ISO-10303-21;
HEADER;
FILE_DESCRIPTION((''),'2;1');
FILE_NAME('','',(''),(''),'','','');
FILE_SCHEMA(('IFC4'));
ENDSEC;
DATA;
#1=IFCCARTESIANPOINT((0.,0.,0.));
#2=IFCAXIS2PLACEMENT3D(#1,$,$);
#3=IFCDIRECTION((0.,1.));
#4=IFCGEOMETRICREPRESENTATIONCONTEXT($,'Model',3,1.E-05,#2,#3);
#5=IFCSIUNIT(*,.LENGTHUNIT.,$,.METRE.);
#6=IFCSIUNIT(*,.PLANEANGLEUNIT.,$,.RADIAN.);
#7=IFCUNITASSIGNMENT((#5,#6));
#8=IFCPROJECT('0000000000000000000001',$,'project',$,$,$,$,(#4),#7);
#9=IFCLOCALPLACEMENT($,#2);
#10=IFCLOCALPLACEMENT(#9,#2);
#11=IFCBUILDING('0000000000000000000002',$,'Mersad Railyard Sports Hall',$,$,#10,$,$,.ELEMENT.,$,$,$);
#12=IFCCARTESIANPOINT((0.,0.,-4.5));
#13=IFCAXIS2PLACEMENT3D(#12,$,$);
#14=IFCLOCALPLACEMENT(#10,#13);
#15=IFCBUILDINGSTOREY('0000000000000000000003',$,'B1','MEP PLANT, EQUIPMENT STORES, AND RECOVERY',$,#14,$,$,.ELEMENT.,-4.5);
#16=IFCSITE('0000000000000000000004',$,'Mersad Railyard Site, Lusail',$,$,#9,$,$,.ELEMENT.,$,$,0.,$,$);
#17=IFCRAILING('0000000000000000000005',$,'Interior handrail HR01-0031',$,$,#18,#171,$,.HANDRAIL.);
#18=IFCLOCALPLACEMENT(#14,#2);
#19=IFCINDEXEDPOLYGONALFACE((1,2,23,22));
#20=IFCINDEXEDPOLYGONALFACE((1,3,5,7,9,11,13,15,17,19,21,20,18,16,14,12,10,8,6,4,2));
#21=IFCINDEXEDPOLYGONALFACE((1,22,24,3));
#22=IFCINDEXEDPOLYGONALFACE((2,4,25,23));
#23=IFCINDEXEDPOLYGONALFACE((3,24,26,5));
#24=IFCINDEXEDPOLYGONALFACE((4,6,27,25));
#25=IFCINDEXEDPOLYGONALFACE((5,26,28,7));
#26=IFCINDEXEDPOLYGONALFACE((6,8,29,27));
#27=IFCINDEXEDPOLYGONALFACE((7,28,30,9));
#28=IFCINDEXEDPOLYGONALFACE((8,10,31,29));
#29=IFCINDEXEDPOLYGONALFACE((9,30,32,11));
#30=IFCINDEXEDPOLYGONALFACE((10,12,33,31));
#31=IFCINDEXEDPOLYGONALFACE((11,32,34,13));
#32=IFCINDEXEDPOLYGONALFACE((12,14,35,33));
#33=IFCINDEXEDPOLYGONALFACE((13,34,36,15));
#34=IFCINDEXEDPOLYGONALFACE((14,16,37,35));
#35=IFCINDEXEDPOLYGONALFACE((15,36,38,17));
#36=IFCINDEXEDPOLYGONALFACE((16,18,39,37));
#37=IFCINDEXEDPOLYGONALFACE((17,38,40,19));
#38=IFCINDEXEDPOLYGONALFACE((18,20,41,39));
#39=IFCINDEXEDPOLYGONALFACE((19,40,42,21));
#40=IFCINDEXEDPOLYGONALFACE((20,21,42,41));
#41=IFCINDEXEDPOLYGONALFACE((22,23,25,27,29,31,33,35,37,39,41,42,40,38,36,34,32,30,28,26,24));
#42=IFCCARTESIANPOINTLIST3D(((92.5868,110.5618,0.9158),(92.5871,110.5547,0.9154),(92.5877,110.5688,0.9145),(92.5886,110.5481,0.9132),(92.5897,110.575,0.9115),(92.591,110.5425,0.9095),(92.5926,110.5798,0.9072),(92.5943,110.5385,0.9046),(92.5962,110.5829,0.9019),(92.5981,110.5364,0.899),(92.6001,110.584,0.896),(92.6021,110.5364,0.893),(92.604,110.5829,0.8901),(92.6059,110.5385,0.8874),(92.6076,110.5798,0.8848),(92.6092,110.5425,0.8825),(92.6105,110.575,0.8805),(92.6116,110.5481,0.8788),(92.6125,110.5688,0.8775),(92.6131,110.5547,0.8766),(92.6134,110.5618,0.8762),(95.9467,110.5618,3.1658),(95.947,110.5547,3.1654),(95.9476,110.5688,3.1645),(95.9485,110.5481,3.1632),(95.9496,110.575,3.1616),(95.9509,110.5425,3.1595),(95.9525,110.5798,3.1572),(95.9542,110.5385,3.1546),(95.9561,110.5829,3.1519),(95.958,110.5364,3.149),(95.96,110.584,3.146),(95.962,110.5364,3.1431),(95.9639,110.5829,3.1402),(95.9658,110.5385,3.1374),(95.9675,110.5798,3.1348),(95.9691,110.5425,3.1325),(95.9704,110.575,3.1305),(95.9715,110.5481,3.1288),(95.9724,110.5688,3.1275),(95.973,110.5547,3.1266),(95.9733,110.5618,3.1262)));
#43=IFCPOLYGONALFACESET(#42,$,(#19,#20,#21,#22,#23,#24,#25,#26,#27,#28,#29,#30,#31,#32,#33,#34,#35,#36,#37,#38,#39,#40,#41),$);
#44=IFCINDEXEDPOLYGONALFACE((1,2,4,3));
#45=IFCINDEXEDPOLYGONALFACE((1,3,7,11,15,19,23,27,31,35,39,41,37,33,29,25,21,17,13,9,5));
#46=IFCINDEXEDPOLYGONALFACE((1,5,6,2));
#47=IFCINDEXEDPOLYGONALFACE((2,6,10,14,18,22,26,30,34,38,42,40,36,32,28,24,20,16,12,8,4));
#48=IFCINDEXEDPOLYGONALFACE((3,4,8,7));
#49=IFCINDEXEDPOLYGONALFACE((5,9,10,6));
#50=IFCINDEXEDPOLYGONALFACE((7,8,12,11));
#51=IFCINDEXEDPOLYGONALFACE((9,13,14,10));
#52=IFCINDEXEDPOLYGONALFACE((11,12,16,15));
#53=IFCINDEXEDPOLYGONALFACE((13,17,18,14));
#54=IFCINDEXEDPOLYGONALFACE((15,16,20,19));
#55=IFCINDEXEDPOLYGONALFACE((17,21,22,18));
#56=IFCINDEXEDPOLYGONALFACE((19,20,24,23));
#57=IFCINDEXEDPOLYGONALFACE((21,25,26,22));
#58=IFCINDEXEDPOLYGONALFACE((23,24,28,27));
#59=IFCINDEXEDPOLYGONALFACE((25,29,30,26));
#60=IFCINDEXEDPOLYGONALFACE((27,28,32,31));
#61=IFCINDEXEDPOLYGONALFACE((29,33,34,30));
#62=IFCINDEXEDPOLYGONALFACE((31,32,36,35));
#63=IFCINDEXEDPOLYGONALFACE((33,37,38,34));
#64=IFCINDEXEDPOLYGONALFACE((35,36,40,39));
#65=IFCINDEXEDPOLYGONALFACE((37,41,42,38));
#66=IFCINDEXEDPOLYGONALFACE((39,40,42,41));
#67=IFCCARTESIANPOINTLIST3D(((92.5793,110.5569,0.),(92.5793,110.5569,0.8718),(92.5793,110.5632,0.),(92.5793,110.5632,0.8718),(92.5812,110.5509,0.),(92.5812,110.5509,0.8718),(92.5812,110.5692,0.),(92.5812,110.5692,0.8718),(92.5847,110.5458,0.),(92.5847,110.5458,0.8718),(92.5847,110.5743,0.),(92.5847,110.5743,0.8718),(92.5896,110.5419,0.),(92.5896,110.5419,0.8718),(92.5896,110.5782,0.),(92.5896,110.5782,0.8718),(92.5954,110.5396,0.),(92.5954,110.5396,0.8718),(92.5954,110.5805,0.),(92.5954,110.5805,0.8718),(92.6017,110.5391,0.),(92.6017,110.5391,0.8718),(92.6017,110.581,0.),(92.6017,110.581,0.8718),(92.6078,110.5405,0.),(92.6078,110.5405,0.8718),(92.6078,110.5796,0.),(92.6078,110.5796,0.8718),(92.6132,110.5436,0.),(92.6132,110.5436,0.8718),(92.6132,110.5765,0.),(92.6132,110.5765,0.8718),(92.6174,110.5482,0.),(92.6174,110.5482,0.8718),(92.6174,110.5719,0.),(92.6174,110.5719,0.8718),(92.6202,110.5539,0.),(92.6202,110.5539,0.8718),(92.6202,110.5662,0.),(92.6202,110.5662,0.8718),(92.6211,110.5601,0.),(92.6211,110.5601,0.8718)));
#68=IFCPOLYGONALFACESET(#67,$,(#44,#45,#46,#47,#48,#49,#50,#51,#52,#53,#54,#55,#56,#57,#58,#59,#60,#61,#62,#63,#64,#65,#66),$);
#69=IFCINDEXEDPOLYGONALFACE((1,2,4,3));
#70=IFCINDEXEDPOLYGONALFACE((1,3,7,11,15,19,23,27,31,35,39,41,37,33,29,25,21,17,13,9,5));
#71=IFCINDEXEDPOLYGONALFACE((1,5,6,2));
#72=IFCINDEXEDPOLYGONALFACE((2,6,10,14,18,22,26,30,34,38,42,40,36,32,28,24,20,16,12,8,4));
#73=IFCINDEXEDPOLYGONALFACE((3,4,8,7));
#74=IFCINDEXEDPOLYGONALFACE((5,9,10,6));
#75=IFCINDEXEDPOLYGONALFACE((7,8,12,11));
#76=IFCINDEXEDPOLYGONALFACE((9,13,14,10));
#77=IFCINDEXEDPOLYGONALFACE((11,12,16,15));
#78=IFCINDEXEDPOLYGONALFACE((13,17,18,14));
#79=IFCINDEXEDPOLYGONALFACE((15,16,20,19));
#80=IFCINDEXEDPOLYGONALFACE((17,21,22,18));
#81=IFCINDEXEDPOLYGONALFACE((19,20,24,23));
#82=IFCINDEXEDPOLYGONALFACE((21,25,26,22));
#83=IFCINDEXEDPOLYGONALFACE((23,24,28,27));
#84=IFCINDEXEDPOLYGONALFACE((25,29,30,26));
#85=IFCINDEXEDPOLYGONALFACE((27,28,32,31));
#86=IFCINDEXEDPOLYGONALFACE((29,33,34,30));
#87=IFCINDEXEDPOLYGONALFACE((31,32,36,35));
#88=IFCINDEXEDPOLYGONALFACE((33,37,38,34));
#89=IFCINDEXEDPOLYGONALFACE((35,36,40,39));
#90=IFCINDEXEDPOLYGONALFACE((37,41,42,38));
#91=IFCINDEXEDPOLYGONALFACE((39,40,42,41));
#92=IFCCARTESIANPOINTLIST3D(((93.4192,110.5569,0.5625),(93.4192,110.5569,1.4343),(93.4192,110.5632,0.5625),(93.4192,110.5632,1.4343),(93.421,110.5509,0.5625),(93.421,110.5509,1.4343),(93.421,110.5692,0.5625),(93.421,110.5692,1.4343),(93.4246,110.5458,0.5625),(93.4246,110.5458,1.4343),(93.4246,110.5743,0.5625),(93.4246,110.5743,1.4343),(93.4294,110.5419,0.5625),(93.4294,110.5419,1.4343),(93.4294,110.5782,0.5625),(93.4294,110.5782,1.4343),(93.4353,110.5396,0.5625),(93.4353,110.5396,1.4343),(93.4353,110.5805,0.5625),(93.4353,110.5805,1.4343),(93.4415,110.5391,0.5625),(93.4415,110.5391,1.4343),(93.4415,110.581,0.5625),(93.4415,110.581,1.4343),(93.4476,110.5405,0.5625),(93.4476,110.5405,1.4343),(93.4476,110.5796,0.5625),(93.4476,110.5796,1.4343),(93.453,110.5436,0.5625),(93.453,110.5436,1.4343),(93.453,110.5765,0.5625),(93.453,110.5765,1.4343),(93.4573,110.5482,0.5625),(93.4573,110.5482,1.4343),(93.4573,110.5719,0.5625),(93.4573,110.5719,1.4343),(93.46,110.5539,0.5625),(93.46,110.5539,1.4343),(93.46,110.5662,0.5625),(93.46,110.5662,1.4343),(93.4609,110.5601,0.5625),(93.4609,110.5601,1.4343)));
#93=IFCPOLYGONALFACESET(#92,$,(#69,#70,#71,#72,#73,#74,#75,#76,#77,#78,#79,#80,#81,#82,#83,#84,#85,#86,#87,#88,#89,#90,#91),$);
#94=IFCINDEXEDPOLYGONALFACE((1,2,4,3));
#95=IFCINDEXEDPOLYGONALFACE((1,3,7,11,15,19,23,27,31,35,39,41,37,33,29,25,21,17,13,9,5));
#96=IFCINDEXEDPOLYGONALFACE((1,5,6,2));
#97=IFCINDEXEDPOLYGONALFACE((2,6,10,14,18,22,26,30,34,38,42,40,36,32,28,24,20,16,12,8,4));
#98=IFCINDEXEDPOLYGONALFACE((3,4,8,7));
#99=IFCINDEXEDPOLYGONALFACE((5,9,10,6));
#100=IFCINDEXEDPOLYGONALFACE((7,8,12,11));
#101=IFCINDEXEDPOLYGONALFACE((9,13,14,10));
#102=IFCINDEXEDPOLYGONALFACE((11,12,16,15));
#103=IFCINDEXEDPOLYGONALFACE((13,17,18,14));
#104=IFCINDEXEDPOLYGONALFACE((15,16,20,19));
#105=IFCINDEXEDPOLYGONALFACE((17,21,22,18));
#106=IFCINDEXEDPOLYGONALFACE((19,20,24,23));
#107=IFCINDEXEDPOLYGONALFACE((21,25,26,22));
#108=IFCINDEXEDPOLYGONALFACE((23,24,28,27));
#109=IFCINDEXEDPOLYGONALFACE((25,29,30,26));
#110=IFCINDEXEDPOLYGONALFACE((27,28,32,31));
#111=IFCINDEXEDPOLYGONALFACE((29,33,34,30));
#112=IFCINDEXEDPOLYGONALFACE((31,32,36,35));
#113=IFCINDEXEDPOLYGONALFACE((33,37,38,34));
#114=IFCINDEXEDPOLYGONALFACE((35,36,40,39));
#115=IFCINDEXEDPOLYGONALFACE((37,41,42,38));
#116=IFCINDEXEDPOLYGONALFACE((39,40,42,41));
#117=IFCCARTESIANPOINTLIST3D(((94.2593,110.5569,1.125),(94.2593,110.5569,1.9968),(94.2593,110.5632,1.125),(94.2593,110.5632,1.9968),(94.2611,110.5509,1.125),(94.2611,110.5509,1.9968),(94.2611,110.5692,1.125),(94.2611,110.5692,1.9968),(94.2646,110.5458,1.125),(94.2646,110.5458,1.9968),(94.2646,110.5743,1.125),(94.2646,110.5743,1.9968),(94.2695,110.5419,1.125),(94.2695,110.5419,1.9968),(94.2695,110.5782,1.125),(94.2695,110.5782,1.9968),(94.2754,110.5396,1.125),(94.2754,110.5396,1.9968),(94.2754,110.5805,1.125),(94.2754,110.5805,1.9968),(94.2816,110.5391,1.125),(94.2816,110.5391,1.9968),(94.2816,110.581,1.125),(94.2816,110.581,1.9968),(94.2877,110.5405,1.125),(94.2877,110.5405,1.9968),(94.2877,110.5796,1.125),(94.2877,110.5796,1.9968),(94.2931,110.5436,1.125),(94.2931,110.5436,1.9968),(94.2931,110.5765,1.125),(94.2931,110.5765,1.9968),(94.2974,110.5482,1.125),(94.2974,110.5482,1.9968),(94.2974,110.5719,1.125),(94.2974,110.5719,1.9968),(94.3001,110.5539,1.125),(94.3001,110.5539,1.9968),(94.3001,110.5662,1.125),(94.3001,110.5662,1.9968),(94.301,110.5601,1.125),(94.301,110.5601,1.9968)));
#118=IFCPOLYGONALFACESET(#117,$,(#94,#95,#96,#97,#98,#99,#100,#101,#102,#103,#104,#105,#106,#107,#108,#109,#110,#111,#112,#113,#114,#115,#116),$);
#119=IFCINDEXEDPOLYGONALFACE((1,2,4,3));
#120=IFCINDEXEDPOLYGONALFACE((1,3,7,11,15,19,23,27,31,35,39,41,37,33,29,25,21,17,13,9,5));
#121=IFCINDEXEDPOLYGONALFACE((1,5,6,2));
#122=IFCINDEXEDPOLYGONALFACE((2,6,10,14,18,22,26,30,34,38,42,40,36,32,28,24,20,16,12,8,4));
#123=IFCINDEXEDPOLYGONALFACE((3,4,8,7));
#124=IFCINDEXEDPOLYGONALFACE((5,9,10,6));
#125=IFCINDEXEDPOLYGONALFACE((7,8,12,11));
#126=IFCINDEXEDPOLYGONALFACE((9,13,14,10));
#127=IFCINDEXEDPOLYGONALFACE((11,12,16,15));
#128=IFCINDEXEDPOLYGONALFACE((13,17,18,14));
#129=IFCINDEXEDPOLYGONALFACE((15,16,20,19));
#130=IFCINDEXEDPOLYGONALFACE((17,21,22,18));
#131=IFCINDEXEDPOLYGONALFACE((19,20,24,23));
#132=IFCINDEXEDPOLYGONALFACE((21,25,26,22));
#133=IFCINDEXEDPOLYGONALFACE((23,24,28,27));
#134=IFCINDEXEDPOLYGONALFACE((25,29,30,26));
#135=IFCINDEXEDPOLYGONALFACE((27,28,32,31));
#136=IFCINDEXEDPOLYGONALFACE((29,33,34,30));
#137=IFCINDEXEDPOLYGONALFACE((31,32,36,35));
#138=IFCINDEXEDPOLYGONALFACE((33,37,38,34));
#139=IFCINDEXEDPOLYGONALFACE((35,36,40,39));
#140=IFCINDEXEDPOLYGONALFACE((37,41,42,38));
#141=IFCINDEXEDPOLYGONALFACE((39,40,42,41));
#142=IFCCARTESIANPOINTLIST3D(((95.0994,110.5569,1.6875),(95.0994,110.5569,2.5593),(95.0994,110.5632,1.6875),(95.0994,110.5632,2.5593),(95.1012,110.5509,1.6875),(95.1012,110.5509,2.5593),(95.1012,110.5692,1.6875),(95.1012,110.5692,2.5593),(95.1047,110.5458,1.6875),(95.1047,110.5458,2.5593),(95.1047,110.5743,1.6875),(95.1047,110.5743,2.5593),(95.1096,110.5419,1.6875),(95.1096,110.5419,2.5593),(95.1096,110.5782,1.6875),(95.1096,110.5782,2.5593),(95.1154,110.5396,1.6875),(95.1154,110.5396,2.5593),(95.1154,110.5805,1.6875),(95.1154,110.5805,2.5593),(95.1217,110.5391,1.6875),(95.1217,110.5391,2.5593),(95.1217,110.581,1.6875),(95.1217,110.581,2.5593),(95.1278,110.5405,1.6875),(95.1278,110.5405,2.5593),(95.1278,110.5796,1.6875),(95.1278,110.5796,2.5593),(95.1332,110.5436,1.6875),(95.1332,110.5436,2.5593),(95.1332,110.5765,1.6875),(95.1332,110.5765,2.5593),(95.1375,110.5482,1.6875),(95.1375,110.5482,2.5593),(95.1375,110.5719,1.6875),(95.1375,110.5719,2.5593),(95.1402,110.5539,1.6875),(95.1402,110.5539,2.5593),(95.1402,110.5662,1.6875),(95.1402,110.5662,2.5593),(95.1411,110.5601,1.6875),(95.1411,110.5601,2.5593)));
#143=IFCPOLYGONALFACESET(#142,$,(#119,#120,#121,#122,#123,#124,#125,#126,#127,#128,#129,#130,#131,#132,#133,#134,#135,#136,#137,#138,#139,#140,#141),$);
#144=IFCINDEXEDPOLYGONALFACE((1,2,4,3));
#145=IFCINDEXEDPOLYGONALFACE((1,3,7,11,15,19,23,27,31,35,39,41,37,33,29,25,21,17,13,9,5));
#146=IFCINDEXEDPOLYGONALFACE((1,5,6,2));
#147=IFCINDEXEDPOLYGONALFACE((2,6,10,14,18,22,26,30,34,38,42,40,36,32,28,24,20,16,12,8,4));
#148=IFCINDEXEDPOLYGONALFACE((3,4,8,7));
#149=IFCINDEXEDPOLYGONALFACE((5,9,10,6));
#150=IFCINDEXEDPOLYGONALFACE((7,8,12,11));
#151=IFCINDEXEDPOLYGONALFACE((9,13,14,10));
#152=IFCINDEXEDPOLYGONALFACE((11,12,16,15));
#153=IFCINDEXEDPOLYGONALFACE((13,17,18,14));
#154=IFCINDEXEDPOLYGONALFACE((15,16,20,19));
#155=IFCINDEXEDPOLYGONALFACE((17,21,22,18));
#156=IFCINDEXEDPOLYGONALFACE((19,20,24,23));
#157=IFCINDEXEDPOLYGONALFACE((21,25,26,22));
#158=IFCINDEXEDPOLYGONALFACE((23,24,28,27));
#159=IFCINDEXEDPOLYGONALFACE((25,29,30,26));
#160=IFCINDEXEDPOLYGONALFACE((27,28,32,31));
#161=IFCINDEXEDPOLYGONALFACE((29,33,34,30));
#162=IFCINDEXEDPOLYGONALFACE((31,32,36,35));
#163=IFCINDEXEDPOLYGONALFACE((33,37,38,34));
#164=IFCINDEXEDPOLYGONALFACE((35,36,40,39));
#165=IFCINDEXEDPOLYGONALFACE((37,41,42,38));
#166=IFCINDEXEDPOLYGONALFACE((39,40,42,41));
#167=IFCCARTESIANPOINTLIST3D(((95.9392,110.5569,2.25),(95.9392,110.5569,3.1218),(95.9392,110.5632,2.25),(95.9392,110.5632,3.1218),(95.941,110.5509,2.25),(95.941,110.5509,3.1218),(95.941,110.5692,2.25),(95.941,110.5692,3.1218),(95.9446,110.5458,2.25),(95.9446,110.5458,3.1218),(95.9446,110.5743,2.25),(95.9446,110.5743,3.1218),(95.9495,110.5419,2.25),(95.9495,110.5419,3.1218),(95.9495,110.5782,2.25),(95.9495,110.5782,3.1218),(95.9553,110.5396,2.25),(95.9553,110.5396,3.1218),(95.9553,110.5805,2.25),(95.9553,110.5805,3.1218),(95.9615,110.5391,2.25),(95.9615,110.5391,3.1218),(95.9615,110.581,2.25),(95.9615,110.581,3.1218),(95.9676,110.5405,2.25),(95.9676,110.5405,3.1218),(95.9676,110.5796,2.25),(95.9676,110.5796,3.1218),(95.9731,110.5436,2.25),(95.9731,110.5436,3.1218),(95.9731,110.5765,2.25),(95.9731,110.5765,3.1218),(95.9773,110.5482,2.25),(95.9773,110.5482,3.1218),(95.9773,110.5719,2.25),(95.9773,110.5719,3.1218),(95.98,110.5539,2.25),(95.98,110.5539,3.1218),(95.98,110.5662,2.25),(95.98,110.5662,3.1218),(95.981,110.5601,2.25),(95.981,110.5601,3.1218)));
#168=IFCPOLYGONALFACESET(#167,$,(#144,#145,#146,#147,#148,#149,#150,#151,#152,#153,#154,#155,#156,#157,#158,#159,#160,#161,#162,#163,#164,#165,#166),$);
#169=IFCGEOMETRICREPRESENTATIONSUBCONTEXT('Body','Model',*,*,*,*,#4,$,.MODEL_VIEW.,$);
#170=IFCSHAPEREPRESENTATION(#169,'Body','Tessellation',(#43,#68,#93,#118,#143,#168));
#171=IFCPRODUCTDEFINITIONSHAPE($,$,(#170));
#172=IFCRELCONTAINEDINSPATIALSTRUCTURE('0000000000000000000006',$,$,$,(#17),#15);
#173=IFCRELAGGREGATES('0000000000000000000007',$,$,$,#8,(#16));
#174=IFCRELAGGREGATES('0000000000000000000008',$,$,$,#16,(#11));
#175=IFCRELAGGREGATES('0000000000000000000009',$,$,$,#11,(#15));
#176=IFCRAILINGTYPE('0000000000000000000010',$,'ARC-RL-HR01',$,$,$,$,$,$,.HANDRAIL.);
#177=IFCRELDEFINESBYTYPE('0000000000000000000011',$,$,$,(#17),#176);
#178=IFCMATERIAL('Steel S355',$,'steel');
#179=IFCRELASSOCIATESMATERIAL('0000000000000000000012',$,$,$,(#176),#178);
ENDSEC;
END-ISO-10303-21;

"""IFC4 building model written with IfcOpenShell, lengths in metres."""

from ifc_helpers import new_model, si_unit, direction, frame, origin, origin_2d, place, context, subcontext, project, spatial, circle, extrude, material, type_object, element, save


model = new_model("IFC4")

# Units and contexts
model_context = context("Model", 3, precision=1e-05, world=origin(), true_north=direction((0.0, 1.0)))
body_context = subcontext(model_context, "Body", "Model", "MODEL_VIEW")
ifc_project = project(units=[si_unit("LENGTHUNIT", "METRE"), si_unit("PLANEANGLEUNIT", "RADIAN")], contexts=[model_context])

# Site, building, storey
site_placement = place(None, origin())
site = spatial("IfcSite", under=ifc_project, at=site_placement, Name="Mersad Railyard Site, Lusail", CompositionType="ELEMENT", RefElevation=0.0)
building_placement = place(site_placement, origin())
building = spatial("IfcBuilding", under=site, at=building_placement, Name="Mersad Railyard Sports Hall", CompositionType="ELEMENT")
storey_placement = place(building_placement, frame((0.0, 0.0, -4.5)))
storey = spatial("IfcBuildingStorey", under=building, at=storey_placement, Name="B1", Description="MEP PLANT, EQUIPMENT STORES, AND RECOVERY", CompositionType="ELEMENT", Elevation=-4.5)

# Shared definitions
ifc_material_1 = material(Name="Steel S355", Category="steel")

# Railing
railing_type_1 = type_object("IfcRailingType", Name="ARC-RL-HR01", PredefinedType="HANDRAIL", material=ifc_material_1)
railing_1_placement = place(storey_placement, frame((92.6001, 110.5601, 0.0)))
element("IfcRailing", 1, at=railing_1_placement, inside=storey, type_object=railing_type_1, Name="Interior handrail HR01-0031", PredefinedType="HANDRAIL", context=body_context, shape_type="SweptSolid", body=[
    extrude(circle(Radius=0.0239, at=origin_2d()), frame((0.0, 0.0, 0.896), z_axis=(0.830897, 0.0, 0.556427), x_axis=(0.0, 1.0, 0.0)), (0.0, 0.0, 1.0), 4.0437),
    extrude(circle(Radius=0.021, at=origin_2d()), origin(), (0.0, 0.0, 1.0), 0.8718),
    extrude(circle(Radius=0.021, at=origin_2d()), frame((0.8398, 0.0, 0.5625)), (0.0, 0.0, 1.0), 0.8718),
    extrude(circle(Radius=0.021, at=origin_2d()), frame((1.6799, 0.0, 1.125)), (0.0, 0.0, 1.0), 0.8718),
    extrude(circle(Radius=0.021, at=origin_2d()), frame((2.52, 0.0, 1.6875)), (0.0, 0.0, 1.0), 0.8718),
    extrude(circle(Radius=0.021, at=origin_2d()), frame((3.3599, 0.0, 2.25)), (0.0, 0.0, 1.0), 0.8718),
])

save(model, "model.ifc")
